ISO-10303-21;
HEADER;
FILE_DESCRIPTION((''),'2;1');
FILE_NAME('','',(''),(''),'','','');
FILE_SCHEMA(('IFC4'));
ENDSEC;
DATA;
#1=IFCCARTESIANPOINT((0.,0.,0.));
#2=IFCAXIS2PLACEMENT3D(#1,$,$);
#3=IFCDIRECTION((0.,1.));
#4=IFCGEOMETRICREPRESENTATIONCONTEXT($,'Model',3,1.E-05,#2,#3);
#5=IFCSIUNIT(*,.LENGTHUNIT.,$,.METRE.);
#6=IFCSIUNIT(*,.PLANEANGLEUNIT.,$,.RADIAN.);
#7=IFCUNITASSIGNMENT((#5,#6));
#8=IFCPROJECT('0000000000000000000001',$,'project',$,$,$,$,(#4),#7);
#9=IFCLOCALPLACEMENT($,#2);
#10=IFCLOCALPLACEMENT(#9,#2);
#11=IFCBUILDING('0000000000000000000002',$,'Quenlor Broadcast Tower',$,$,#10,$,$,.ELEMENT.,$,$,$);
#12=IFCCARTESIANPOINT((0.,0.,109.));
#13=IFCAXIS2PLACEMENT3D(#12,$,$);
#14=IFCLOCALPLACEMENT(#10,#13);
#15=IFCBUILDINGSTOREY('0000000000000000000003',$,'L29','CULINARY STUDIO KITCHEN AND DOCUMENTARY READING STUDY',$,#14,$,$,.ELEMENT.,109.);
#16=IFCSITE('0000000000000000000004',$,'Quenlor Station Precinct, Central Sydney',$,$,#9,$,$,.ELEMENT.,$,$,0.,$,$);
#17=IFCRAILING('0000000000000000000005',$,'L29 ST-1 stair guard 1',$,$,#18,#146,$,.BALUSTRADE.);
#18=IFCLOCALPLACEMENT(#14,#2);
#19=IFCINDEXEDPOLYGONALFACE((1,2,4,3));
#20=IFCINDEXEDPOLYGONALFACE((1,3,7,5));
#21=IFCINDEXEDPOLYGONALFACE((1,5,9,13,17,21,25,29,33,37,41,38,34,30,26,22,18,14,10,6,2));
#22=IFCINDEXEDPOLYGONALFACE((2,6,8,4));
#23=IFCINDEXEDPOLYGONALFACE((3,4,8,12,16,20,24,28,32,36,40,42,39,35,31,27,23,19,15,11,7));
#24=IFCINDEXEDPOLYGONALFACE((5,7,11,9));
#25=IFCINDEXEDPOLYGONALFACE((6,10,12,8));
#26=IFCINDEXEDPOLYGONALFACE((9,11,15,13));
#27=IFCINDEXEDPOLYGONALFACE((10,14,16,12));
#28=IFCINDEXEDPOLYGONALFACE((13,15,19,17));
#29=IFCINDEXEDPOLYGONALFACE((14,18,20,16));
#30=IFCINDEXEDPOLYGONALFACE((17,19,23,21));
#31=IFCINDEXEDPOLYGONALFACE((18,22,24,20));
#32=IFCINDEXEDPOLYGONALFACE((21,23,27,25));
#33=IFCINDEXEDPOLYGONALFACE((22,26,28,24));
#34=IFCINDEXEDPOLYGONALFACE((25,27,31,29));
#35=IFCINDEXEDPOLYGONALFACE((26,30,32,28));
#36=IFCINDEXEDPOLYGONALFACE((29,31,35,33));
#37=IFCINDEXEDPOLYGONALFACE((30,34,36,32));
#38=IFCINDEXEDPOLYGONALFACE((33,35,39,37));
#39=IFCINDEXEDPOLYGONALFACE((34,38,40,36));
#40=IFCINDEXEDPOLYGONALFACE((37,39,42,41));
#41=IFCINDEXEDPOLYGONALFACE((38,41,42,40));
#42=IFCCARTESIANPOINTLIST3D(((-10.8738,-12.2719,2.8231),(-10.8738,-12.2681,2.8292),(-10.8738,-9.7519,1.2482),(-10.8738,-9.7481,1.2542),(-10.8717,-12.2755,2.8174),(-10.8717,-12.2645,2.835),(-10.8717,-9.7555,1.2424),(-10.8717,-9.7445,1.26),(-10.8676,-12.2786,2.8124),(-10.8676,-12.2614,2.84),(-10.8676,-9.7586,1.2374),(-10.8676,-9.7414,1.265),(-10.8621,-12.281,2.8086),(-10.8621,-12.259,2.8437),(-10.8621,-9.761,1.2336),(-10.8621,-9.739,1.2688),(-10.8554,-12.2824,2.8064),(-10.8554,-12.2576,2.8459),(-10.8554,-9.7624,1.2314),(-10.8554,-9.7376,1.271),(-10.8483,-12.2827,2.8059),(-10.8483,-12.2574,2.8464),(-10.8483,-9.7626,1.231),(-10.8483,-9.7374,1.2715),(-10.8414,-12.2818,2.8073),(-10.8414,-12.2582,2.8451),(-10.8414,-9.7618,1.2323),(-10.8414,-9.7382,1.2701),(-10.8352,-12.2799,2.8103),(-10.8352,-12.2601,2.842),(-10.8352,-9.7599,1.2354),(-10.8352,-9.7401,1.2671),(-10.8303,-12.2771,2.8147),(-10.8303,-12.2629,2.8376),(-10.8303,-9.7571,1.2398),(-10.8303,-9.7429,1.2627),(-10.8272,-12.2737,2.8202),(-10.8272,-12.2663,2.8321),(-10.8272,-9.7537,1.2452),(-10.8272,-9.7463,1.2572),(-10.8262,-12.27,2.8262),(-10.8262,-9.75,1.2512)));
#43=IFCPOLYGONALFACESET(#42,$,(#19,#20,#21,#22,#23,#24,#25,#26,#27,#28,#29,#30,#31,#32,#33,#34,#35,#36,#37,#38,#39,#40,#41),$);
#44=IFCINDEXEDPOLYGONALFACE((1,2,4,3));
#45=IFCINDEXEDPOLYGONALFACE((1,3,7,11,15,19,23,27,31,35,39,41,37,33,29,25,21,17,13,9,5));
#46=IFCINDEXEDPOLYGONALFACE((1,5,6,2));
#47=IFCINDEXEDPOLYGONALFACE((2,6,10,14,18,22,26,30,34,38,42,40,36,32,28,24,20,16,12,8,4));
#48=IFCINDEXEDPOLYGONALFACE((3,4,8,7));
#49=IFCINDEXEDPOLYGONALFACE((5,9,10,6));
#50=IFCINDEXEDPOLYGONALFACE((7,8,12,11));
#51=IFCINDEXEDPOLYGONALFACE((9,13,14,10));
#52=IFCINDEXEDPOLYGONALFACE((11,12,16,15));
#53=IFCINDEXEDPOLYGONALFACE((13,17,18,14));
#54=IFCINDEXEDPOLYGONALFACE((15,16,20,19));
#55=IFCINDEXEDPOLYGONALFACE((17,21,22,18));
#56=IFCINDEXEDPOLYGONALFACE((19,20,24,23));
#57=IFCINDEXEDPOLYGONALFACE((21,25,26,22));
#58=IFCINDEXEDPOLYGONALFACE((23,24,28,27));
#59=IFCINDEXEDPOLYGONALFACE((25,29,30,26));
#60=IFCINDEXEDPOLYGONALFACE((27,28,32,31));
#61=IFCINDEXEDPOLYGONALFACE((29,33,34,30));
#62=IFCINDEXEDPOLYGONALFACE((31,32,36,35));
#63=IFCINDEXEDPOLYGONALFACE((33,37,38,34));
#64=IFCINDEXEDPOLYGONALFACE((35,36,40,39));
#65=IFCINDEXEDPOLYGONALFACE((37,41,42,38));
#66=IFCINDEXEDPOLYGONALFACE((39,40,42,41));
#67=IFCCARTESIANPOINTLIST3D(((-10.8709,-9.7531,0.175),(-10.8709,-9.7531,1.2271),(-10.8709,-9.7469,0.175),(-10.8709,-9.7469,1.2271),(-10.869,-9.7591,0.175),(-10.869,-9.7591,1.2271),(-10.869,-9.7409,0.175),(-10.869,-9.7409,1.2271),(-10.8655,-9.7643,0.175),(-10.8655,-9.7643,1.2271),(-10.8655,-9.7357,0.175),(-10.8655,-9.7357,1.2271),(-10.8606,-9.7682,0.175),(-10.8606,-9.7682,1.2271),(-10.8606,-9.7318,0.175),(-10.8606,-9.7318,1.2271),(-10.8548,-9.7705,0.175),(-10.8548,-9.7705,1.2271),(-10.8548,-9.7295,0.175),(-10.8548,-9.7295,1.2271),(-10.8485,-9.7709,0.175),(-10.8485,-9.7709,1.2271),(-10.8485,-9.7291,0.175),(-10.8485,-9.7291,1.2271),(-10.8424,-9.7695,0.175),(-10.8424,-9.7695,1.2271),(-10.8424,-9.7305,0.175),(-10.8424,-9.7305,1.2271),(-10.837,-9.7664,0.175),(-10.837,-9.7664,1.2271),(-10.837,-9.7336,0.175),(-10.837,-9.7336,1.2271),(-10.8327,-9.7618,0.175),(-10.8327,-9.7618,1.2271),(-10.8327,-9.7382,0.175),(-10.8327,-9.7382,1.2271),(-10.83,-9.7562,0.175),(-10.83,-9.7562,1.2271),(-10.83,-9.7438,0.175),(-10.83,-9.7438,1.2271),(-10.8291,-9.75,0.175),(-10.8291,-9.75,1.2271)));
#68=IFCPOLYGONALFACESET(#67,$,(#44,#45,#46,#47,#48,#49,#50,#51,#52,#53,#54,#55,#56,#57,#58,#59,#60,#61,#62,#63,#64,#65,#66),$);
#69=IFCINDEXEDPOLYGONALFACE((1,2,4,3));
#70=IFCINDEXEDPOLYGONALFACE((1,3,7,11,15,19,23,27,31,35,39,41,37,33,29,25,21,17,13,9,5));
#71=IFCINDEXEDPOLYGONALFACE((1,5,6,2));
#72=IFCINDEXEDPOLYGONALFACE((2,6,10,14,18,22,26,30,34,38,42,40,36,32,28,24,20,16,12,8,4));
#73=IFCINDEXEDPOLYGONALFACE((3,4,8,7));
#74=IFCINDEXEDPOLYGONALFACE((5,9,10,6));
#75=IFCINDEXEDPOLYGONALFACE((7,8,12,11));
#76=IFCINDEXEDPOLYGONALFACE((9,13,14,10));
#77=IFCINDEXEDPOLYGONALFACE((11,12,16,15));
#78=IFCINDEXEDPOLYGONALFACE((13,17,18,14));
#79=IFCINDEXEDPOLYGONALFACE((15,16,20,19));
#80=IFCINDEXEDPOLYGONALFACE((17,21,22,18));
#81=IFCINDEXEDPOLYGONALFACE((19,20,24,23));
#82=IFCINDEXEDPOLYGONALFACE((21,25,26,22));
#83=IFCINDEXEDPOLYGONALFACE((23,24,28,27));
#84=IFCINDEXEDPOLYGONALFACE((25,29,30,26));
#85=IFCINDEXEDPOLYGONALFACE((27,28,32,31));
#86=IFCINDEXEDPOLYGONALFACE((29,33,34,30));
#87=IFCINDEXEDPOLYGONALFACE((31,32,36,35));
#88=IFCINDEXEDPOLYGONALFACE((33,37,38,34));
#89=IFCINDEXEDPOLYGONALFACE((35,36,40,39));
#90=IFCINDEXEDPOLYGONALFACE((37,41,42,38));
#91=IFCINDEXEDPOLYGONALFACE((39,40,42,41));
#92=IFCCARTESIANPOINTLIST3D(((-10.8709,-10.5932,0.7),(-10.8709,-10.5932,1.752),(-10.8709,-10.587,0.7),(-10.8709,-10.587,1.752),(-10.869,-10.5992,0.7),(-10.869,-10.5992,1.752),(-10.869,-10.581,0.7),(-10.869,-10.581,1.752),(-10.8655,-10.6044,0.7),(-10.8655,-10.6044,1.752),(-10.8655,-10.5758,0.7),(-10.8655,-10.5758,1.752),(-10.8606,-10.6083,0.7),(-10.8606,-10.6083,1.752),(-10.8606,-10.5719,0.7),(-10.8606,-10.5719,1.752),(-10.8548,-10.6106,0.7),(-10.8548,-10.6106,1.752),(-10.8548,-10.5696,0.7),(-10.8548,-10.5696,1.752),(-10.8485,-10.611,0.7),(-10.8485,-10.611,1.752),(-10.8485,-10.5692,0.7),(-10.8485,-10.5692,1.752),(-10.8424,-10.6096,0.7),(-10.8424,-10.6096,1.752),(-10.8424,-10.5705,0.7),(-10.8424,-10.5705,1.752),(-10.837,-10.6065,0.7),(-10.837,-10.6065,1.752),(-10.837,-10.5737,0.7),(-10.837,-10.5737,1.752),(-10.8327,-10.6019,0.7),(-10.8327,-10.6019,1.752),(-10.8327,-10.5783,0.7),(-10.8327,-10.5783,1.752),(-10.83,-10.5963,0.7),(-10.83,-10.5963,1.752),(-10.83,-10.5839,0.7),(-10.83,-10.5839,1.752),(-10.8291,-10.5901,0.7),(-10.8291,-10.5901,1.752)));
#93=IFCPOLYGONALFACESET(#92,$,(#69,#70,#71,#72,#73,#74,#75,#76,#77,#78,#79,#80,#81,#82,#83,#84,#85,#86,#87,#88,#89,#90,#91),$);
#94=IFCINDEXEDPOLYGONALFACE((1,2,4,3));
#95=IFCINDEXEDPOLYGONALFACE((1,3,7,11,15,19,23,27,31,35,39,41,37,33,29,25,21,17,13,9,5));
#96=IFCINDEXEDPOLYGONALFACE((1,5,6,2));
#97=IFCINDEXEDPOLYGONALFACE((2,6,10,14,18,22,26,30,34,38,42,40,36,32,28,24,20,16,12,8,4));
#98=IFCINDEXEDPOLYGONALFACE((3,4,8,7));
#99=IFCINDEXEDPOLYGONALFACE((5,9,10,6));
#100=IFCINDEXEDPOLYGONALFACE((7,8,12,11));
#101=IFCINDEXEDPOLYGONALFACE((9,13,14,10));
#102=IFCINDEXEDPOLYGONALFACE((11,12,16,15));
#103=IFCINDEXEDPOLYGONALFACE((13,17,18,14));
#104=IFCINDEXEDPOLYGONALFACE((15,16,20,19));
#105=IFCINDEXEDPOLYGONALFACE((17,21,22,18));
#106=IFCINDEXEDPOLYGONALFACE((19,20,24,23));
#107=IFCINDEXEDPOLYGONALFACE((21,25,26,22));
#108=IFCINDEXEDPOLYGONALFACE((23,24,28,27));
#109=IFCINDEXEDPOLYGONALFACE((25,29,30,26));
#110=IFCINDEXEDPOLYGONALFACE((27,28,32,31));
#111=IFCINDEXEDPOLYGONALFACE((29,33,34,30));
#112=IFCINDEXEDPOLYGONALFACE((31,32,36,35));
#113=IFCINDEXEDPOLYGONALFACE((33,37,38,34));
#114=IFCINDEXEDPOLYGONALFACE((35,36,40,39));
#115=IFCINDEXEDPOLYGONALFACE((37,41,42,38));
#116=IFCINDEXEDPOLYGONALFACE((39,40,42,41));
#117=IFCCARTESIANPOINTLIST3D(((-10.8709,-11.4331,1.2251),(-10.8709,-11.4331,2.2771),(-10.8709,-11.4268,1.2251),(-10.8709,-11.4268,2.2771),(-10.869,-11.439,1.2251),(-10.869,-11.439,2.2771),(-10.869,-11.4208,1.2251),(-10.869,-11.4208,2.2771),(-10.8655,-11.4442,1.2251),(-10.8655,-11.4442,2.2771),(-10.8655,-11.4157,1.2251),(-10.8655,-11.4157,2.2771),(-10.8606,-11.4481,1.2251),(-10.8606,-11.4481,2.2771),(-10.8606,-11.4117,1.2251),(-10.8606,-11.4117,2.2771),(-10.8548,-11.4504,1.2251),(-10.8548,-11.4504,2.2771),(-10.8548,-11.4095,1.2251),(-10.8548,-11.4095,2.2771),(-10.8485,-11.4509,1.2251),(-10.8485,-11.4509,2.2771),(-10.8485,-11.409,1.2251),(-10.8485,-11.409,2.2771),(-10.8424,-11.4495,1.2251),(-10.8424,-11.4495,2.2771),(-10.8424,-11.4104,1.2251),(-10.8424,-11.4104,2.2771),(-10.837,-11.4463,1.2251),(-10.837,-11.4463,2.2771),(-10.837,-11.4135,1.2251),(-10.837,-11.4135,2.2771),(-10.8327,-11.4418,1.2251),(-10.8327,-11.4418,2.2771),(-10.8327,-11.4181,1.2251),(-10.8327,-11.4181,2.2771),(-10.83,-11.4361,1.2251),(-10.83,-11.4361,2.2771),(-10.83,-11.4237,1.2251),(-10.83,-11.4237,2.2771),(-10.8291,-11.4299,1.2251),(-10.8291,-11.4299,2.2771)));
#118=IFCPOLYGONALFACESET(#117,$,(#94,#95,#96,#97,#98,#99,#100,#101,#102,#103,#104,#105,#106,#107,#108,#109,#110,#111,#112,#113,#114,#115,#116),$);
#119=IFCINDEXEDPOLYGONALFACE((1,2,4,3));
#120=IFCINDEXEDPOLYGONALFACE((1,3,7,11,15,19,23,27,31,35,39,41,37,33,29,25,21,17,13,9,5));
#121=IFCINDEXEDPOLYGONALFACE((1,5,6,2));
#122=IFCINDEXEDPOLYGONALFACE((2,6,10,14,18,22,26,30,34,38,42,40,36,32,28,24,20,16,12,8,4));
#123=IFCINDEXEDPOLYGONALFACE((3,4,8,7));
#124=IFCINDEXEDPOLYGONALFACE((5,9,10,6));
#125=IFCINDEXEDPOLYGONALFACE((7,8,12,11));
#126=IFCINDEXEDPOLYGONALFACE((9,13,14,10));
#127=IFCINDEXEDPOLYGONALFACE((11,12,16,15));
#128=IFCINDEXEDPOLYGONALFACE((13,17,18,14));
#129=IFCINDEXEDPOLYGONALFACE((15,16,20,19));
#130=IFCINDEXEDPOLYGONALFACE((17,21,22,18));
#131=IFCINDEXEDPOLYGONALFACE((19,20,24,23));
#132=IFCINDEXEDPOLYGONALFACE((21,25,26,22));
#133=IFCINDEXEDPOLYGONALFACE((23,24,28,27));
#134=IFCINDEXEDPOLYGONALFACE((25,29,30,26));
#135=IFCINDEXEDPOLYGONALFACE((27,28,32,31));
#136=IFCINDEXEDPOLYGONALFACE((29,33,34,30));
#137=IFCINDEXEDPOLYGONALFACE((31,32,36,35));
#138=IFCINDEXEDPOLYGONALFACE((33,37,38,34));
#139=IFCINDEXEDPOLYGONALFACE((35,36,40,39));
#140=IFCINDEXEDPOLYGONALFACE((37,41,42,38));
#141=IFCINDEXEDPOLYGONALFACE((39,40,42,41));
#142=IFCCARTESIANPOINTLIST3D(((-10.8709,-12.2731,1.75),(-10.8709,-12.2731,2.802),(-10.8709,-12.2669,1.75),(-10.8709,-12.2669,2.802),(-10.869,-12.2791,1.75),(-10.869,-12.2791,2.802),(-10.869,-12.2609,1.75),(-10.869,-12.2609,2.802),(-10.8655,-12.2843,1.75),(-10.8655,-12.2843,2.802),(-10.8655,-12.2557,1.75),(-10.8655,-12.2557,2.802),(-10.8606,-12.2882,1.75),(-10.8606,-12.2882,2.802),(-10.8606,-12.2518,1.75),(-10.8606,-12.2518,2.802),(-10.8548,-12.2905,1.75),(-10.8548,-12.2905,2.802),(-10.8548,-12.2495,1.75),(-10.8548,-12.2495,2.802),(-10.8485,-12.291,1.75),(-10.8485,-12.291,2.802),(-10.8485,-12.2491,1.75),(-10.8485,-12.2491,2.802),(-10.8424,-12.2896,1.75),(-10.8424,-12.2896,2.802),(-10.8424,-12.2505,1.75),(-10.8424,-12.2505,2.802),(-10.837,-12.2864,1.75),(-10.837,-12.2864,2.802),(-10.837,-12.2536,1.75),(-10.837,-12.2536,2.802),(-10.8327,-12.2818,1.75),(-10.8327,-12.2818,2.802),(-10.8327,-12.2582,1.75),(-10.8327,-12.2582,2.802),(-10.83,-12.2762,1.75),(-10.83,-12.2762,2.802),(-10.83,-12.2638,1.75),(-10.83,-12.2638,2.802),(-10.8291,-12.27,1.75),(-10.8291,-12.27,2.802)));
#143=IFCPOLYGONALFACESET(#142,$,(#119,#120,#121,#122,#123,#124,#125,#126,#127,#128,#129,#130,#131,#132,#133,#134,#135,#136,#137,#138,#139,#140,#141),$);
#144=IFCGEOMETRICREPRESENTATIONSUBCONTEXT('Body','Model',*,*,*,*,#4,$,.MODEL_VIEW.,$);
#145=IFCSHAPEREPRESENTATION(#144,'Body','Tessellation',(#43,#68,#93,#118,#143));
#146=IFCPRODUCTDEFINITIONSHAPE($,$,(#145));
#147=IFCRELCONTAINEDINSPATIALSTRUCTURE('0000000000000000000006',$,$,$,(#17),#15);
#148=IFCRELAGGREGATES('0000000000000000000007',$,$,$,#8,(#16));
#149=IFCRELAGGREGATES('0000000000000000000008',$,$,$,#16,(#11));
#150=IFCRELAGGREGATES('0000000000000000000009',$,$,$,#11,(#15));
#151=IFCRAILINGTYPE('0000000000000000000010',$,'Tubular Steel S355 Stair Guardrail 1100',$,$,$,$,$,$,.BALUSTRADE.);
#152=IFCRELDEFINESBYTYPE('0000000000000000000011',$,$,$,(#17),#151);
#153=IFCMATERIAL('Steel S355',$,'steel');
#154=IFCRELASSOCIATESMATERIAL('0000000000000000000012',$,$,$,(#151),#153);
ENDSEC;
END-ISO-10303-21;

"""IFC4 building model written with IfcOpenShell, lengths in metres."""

from ifc_helpers import new_model, si_unit, direction, frame, origin, origin_2d, place, context, subcontext, project, spatial, circle, extrude, material, type_object, element, save


model = new_model("IFC4")

# Units and contexts
model_context = context("Model", 3, precision=1e-05, world=origin(), true_north=direction((0.0, 1.0)))
body_context = subcontext(model_context, "Body", "Model", "MODEL_VIEW")
ifc_project = project(units=[si_unit("LENGTHUNIT", "METRE"), si_unit("PLANEANGLEUNIT", "RADIAN")], contexts=[model_context])

# Site, building, storey
site_placement = place(None, origin())
site = spatial("IfcSite", under=ifc_project, at=site_placement, Name="Quenlor Station Precinct, Central Sydney", CompositionType="ELEMENT", RefElevation=0.0)
building_placement = place(site_placement, origin())
building = spatial("IfcBuilding", under=site, at=building_placement, Name="Quenlor Broadcast Tower", CompositionType="ELEMENT")
storey_placement = place(building_placement, frame((0.0, 0.0, 109.0)))
storey = spatial("IfcBuildingStorey", under=building, at=storey_placement, Name="L29", Description="CULINARY STUDIO KITCHEN AND DOCUMENTARY READING STUDY", CompositionType="ELEMENT", Elevation=109.0)

# Railing
ifc_material_1 = material(Name="Steel S355", Category="steel")
railing_type_1 = type_object("IfcRailingType", Name="Tubular Steel S355 Stair Guardrail 1100", PredefinedType="BALUSTRADE", material=ifc_material_1)
railing_1_placement = place(storey_placement, frame((-10.8501, -9.75, 0.175)))
element("IfcRailing", 1, at=railing_1_placement, inside=storey, type_object=railing_type_1, Name="L29 ST-1 stair guard 1", PredefinedType="BALUSTRADE", context=body_context, shape_type="SweptSolid", body=[
    extrude(circle(Radius=0.0239, at=origin_2d()), frame((0.0, 0.0, 1.0762), z_axis=(0.0, -0.848008, 0.529984), x_axis=(1.0, 0.0, 0.0)), (0.0, 0.0, 1.0), 2.9717),
    extrude(circle(Radius=0.021, at=origin_2d()), origin(), (0.0, 0.0, 1.0), 1.052),
    extrude(circle(Radius=0.021, at=origin_2d()), frame((0.0, -0.8401, 0.5249)), (0.0, 0.0, 1.0), 1.052),
    extrude(circle(Radius=0.021, at=origin_2d()), frame((0.0, -1.6799, 1.05)), (0.0, 0.0, 1.0), 1.052),
    extrude(circle(Radius=0.021, at=origin_2d()), frame((0.0, -2.52, 1.575)), (0.0, 0.0, 1.0), 1.052),
])

save(model, "model.ifc")
